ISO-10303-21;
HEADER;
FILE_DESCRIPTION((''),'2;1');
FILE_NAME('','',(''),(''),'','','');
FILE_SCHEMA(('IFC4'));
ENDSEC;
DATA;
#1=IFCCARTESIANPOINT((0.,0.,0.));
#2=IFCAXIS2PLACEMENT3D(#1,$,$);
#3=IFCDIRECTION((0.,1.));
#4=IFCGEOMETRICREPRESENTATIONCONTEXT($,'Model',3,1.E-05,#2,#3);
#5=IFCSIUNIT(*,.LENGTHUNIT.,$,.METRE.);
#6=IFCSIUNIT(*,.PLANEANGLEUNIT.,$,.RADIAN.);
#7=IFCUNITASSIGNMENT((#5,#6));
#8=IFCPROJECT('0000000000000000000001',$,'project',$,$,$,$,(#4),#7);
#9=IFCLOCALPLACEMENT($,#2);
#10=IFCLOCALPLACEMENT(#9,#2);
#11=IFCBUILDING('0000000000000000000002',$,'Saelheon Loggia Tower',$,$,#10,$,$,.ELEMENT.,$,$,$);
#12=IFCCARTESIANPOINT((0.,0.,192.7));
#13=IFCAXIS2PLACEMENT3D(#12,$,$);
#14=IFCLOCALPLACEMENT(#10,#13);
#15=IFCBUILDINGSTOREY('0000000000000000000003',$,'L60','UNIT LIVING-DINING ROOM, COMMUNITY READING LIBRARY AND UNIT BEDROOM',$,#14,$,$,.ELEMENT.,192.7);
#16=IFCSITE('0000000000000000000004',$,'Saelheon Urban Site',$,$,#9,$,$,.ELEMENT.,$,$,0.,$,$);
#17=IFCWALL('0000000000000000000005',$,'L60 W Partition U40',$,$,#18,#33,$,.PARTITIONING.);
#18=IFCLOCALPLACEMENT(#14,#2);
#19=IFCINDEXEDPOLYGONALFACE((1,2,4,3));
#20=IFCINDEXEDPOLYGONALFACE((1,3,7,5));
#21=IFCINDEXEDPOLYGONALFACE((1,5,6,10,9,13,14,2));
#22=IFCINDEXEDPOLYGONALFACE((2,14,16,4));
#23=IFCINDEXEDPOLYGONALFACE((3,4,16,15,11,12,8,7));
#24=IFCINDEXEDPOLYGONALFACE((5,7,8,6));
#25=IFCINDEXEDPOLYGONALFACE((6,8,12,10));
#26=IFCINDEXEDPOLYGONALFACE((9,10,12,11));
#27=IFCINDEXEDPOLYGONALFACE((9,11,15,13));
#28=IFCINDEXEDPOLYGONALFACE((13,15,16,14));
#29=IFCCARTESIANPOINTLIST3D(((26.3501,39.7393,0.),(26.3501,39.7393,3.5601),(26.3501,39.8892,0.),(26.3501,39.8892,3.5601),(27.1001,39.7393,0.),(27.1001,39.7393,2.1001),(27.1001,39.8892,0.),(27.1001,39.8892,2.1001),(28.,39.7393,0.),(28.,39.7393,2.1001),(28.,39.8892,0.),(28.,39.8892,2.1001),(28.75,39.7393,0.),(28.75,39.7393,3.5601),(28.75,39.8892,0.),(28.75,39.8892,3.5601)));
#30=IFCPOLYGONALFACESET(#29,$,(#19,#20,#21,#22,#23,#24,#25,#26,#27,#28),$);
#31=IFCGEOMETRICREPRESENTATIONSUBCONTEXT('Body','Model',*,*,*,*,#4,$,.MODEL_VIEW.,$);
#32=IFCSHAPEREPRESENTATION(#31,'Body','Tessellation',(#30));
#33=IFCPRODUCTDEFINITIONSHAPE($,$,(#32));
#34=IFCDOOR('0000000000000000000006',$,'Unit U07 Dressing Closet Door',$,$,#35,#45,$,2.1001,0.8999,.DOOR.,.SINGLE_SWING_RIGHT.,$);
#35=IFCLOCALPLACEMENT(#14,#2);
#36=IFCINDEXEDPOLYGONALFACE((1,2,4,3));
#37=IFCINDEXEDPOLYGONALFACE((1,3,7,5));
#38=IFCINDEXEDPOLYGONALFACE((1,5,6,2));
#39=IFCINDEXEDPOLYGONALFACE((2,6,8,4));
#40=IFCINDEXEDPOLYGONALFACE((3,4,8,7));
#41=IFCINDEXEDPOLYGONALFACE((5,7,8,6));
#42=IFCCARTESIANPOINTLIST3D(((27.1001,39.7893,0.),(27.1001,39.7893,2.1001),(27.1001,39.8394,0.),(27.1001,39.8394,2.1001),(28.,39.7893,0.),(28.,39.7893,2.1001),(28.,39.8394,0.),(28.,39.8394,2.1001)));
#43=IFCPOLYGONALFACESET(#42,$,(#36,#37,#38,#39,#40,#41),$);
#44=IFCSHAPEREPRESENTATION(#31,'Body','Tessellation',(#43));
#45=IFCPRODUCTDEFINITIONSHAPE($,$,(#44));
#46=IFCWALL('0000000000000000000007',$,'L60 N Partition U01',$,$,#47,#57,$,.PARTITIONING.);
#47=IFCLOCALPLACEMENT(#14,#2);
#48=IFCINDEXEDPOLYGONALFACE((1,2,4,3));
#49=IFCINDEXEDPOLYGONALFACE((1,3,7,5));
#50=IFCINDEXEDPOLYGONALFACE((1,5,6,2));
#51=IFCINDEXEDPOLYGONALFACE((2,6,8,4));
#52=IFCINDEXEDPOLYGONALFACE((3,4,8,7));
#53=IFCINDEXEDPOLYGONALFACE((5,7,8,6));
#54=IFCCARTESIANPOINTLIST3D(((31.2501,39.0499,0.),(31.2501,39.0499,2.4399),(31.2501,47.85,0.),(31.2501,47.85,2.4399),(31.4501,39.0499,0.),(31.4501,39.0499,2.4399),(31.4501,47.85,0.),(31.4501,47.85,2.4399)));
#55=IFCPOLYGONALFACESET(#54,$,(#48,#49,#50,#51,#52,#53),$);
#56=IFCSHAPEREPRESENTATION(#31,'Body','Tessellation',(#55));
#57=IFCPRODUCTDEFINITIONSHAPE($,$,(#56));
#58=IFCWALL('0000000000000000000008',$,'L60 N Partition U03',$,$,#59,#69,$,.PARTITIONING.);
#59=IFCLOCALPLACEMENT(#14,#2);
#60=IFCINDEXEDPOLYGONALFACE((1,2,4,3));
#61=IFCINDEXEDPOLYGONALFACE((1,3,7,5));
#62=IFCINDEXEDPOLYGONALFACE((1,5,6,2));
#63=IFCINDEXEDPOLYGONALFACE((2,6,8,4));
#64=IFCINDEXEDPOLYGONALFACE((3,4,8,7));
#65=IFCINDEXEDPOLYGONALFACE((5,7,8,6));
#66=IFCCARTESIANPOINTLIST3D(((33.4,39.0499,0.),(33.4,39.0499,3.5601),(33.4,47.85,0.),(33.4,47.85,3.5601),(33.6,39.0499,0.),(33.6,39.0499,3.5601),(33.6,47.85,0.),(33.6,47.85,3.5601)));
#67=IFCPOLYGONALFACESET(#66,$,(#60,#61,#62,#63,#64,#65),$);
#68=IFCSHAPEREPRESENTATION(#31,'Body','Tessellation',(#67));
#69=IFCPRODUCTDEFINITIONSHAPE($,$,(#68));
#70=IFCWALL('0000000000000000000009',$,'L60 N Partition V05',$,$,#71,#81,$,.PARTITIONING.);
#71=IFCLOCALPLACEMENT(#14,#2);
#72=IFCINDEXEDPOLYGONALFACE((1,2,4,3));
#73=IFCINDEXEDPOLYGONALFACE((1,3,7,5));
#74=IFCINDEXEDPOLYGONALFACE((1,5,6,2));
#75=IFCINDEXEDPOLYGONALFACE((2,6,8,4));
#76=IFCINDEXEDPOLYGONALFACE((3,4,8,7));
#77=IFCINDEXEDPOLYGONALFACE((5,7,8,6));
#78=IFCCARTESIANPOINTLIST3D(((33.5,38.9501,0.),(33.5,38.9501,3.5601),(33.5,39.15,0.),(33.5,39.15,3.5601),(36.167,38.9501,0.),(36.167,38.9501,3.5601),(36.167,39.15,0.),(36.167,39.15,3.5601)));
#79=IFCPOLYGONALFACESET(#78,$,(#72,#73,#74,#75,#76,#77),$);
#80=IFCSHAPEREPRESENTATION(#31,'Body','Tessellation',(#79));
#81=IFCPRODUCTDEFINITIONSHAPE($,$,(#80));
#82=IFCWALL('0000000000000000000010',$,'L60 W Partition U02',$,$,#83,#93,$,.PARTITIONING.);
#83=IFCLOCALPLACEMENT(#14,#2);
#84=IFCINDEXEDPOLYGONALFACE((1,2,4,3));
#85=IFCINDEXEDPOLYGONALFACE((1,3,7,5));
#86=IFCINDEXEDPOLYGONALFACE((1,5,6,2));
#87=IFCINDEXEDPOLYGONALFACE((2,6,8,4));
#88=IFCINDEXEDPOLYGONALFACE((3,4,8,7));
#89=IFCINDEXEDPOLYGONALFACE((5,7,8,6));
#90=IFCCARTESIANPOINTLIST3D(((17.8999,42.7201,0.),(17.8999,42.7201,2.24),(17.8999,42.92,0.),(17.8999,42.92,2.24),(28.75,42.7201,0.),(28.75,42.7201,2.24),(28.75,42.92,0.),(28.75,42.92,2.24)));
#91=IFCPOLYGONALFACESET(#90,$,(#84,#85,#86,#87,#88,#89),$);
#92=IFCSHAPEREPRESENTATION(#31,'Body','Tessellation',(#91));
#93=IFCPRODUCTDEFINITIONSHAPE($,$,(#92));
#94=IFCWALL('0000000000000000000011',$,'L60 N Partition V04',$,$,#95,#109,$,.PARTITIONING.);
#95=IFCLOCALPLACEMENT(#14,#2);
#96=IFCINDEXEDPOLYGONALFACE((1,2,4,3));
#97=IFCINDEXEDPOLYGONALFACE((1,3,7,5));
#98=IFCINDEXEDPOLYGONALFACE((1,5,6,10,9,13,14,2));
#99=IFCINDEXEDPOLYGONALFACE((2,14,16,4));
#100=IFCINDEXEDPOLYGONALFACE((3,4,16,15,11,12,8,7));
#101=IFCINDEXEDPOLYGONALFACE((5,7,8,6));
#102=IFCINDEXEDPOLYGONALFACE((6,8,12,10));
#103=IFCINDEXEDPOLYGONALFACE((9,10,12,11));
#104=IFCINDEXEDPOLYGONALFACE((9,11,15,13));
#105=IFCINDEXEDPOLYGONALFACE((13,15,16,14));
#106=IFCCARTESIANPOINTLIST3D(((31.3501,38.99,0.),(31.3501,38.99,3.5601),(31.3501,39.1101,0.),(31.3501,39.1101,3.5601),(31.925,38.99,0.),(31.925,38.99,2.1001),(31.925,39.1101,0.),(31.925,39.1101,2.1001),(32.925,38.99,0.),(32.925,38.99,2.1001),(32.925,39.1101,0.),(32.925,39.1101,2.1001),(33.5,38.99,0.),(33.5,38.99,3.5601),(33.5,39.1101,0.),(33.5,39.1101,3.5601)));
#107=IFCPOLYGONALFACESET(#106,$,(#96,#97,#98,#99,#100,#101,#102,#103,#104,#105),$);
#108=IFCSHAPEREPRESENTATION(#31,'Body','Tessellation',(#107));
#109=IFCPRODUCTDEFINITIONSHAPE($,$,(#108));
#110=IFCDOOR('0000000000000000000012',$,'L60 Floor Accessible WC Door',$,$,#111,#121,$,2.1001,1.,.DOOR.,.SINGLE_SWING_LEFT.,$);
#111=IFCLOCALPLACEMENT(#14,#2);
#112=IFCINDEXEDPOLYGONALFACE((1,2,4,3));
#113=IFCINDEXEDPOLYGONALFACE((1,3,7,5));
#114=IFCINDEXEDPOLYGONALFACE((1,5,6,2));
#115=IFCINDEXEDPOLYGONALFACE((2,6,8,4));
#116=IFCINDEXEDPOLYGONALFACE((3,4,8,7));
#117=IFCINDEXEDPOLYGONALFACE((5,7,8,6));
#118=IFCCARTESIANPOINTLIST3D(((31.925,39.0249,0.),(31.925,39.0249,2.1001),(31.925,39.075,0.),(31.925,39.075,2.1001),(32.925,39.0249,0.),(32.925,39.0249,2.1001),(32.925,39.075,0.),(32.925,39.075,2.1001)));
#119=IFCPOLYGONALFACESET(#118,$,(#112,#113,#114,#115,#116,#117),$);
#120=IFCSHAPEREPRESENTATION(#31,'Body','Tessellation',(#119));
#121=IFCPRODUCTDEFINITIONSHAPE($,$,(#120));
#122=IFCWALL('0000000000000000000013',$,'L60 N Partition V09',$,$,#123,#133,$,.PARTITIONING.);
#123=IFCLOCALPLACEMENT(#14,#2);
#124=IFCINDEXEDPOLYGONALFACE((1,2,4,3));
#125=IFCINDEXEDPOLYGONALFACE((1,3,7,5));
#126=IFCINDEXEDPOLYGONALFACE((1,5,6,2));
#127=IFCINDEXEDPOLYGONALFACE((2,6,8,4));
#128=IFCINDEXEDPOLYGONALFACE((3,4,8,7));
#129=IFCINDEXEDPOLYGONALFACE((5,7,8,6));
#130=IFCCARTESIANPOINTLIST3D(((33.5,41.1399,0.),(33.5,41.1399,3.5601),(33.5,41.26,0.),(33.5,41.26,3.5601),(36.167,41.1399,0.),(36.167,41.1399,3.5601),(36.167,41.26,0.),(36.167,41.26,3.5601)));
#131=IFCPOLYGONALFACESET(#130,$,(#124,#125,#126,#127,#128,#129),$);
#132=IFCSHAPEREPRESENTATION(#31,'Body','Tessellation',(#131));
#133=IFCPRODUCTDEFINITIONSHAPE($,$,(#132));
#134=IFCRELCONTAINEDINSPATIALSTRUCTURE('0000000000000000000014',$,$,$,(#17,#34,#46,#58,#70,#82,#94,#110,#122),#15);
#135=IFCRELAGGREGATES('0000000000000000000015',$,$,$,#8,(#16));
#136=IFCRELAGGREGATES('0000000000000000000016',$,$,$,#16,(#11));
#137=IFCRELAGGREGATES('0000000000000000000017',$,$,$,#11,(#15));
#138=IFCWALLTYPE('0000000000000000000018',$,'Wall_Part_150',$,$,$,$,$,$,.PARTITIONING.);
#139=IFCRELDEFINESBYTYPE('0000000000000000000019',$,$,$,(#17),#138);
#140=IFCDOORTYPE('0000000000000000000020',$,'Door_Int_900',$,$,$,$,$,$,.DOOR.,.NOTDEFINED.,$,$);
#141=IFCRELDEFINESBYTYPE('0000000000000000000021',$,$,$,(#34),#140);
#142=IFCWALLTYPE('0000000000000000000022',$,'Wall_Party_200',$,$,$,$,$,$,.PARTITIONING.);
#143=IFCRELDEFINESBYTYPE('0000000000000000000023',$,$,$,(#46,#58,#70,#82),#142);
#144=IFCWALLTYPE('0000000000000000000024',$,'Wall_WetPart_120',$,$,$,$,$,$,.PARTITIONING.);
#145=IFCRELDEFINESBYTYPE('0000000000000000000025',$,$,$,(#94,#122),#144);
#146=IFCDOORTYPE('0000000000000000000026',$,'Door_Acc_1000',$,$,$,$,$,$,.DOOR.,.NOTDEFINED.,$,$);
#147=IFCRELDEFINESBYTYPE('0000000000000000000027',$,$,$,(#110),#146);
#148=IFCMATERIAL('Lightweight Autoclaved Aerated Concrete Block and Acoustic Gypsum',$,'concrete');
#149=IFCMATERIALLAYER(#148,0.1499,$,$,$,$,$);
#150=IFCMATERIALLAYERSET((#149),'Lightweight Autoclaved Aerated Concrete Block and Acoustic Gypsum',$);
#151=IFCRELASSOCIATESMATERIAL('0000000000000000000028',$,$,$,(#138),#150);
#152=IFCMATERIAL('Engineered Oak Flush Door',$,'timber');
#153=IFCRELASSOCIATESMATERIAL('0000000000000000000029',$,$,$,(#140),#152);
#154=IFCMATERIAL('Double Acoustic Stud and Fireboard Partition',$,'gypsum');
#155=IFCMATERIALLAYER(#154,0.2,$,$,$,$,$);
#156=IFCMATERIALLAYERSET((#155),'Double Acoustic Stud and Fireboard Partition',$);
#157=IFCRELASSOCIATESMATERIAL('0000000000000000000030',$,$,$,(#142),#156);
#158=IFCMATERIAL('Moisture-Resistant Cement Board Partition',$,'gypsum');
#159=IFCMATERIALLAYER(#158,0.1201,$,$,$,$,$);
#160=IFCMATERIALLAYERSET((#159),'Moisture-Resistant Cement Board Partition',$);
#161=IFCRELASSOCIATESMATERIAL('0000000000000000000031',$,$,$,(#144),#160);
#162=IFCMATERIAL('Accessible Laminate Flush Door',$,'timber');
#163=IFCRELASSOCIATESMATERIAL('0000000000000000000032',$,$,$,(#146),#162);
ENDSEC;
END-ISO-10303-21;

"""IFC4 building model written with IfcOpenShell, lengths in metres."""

from ifc_helpers import new_model, si_unit, direction, frame, frame_2d, origin, place, context, subcontext, project, spatial, rectangle, extrude, source, transform, mapped, material, layer, layer_set, type_object, element, fill, save


model = new_model("IFC4")

# Units and contexts
model_context = context("Model", 3, precision=1e-05, world=origin(), true_north=direction((0.0, 1.0)))
body_context = subcontext(model_context, "Body", "Model", "MODEL_VIEW")
ifc_project = project(units=[si_unit("LENGTHUNIT", "METRE"), si_unit("PLANEANGLEUNIT", "RADIAN")], contexts=[model_context])

# Site, building, storey
site_placement = place(None, origin())
site = spatial("IfcSite", under=ifc_project, at=site_placement, Name="Saelheon Urban Site", CompositionType="ELEMENT", RefElevation=0.0)
building_placement = place(site_placement, origin())
building = spatial("IfcBuilding", under=site, at=building_placement, Name="Saelheon Loggia Tower", CompositionType="ELEMENT")
storey_placement = place(building_placement, frame((0.0, 0.0, 192.7)))
storey = spatial("IfcBuildingStorey", under=building, at=storey_placement, Name="L60", Description="UNIT LIVING-DINING ROOM, COMMUNITY READING LIBRARY AND UNIT BEDROOM", CompositionType="ELEMENT", Elevation=192.7)

# Wall, opening, door
ifc_material_1 = material(Name="Lightweight Autoclaved Aerated Concrete Block and Acoustic Gypsum", Category="concrete")
ifc_layer_1 = layer(ifc_material_1, 0.1499)
ifc_layer_set_1 = layer_set([ifc_layer_1], Name="Lightweight Autoclaved Aerated Concrete Block and Acoustic Gypsum")
wall_type_1 = type_object("IfcWallType", Name="Wall_Part_150", PredefinedType="PARTITIONING", material=ifc_layer_set_1)
ifc_material_2 = material(Name="Engineered Oak Flush Door", Category="timber")
door_type_1 = type_object("IfcDoorType", Name="Door_Int_900", OperationType="NOTDEFINED", PredefinedType="DOOR", material=ifc_material_2)
shared_shape_1 = source(origin(), body_context, "Body", "SweptSolid", [
    extrude(rectangle(XDim=0.8999, YDim=2.1001, at=frame_2d((0.45, 1.05))), frame((0.0, 0.0249, 0.0), z_axis=(0.0, -1.0, 0.0), x_axis=(1.0, 0.0, 0.0)), (0.0, 0.0, 1.0), 0.05),
])
wall_1_placement = place(storey_placement, frame((28.75, 39.8142, 0.0), z_axis=(0.0, 0.0, 1.0), x_axis=(-1.0, 0.0, 0.0)))
wall_1 = element("IfcWall", 1, at=wall_1_placement, inside=storey, type_object=wall_type_1, Name="L60 W Partition U40", PredefinedType="PARTITIONING", context=body_context, shape_type="SweptSolid", body=[
    extrude(rectangle(XDim=2.3999, YDim=0.1499, at=frame_2d((1.2, 0.0))), origin(), (0.0, 0.0, 1.0), 3.5601),
])
opening_1_placement = place(wall_1_placement, frame((0.75, 0.0, 0.0)))
opening_1 = element("IfcOpeningElement", 2, at=opening_1_placement, cuts=wall_1, PredefinedType="OPENING", context=body_context, shape_type="SweptSolid", body=[
    extrude(rectangle(XDim=0.8999, YDim=2.1001, at=frame_2d((0.45, 1.05))), frame((0.0, 0.0869, 0.0), z_axis=(0.0, -1.0, 0.0), x_axis=(1.0, 0.0, 0.0)), (0.0, 0.0, 1.0), 0.1738),
])
door_1_placement = place(opening_1_placement, origin())
door_1 = element("IfcDoor", 3, at=door_1_placement, inside=storey, type_object=door_type_1, Name="Unit U07 Dressing Closet Door", OperationType="SINGLE_SWING_RIGHT", OverallHeight=2.1001, OverallWidth=0.8999, PredefinedType="DOOR", context=body_context, shape_type="MappedRepresentation", body=[
    mapped(shared_shape_1, transform((0.0, 0.0, 0.0), scale=1.0)),
])
fill(opening_1, door_1)

# Walls
ifc_material_3 = material(Name="Double Acoustic Stud and Fireboard Partition", Category="gypsum")
ifc_layer_2 = layer(ifc_material_3, 0.2)
ifc_layer_set_2 = layer_set([ifc_layer_2], Name="Double Acoustic Stud and Fireboard Partition")
wall_type_2 = type_object("IfcWallType", Name="Wall_Party_200", PredefinedType="PARTITIONING", material=ifc_layer_set_2)
wall_2_placement = place(storey_placement, frame((31.3501, 39.05, 0.0), z_axis=(0.0, 0.0, 1.0), x_axis=(0.0, 1.0, 0.0)))
element("IfcWall", 4, at=wall_2_placement, inside=storey, type_object=wall_type_2, Name="L60 N Partition U01", PredefinedType="PARTITIONING", context=body_context, shape_type="SweptSolid", body=[
    extrude(rectangle(XDim=8.8, YDim=0.2, at=frame_2d((4.3999, 0.0))), origin(), (0.0, 0.0, 1.0), 2.4399),
])
wall_3_placement = place(storey_placement, frame((33.5, 39.05, 0.0), z_axis=(0.0, 0.0, 1.0), x_axis=(0.0, 1.0, 0.0)))
element("IfcWall", 5, at=wall_3_placement, inside=storey, type_object=wall_type_2, Name="L60 N Partition U03", PredefinedType="PARTITIONING", context=body_context, shape_type="SweptSolid", body=[
    extrude(rectangle(XDim=8.8, YDim=0.2, at=frame_2d((4.3999, 0.0))), origin(), (0.0, 0.0, 1.0), 3.5601),
])
wall_4_placement = place(storey_placement, frame((33.5, 39.05, 0.0), z_axis=(0.0, 0.0, 1.0), x_axis=(1.0, 0.0, 0.0)))
element("IfcWall", 6, at=wall_4_placement, inside=storey, type_object=wall_type_2, Name="L60 N Partition V05", PredefinedType="PARTITIONING", context=body_context, shape_type="SweptSolid", body=[
    extrude(rectangle(XDim=2.667, YDim=0.2, at=frame_2d((1.3335, 0.0))), origin(), (0.0, 0.0, 1.0), 3.5601),
])
wall_5_placement = place(storey_placement, frame((28.75, 42.8201, 0.0), z_axis=(0.0, 0.0, 1.0), x_axis=(-1.0, 0.0, 0.0)))
element("IfcWall", 7, at=wall_5_placement, inside=storey, type_object=wall_type_2, Name="L60 W Partition U02", PredefinedType="PARTITIONING", context=body_context, shape_type="SweptSolid", body=[
    extrude(rectangle(XDim=10.8501, YDim=0.2, at=frame_2d((5.425, 0.0))), origin(), (0.0, 0.0, 1.0), 2.24),
])

# Wall, opening, door
ifc_material_4 = material(Name="Moisture-Resistant Cement Board Partition", Category="gypsum")
ifc_layer_3 = layer(ifc_material_4, 0.1201)
ifc_layer_set_3 = layer_set([ifc_layer_3], Name="Moisture-Resistant Cement Board Partition")
wall_type_3 = type_object("IfcWallType", Name="Wall_WetPart_120", PredefinedType="PARTITIONING", material=ifc_layer_set_3)
wall_6_placement = place(storey_placement, frame((31.3501, 39.05, 0.0), z_axis=(0.0, 0.0, 1.0), x_axis=(1.0, 0.0, 0.0)))
wall_6 = element("IfcWall", 8, at=wall_6_placement, inside=storey, type_object=wall_type_3, Name="L60 N Partition V04", PredefinedType="PARTITIONING", context=body_context, shape_type="SweptSolid", body=[
    extrude(rectangle(XDim=2.1499, YDim=0.1201, at=frame_2d((1.075, 0.0))), origin(), (0.0, 0.0, 1.0), 3.5601),
])
opening_2_placement = place(wall_6_placement, frame((0.575, 0.0, 0.0)))
opening_2 = element("IfcOpeningElement", 9, at=opening_2_placement, cuts=wall_6, PredefinedType="OPENING", context=body_context, shape_type="SweptSolid", body=[
    extrude(rectangle(XDim=1.0, YDim=2.1001, at=frame_2d((0.5, 1.05))), frame((0.0, 0.072, 0.0), z_axis=(0.0, -1.0, 0.0), x_axis=(1.0, 0.0, 0.0)), (0.0, 0.0, 1.0), 0.144),
])
ifc_material_5 = material(Name="Accessible Laminate Flush Door", Category="timber")
door_type_2 = type_object("IfcDoorType", Name="Door_Acc_1000", OperationType="NOTDEFINED", PredefinedType="DOOR", material=ifc_material_5)
shared_shape_2 = source(origin(), body_context, "Body", "SweptSolid", [
    extrude(rectangle(XDim=1.0, YDim=2.1001, at=frame_2d((0.5, 1.05))), frame((0.0, 0.0249, 0.0), z_axis=(0.0, -1.0, 0.0), x_axis=(1.0, 0.0, 0.0)), (0.0, 0.0, 1.0), 0.05),
])
door_2_placement = place(opening_2_placement, origin())
door_2 = element("IfcDoor", 10, at=door_2_placement, inside=storey, type_object=door_type_2, Name="L60 Floor Accessible WC Door", OperationType="SINGLE_SWING_LEFT", OverallHeight=2.1001, OverallWidth=1.0, PredefinedType="DOOR", context=body_context, shape_type="MappedRepresentation", body=[
    mapped(shared_shape_2, transform((0.0, 0.0, 0.0), scale=1.0)),
])
fill(opening_2, door_2)

# Wall
wall_7_placement = place(storey_placement, frame((33.5, 41.2, 0.0), z_axis=(0.0, 0.0, 1.0), x_axis=(1.0, 0.0, 0.0)))
element("IfcWall", 11, at=wall_7_placement, inside=storey, type_object=wall_type_3, Name="L60 N Partition V09", PredefinedType="PARTITIONING", context=body_context, shape_type="SweptSolid", body=[
    extrude(rectangle(XDim=2.667, YDim=0.1201, at=frame_2d((1.3335, 0.0))), origin(), (0.0, 0.0, 1.0), 3.5601),
])

save(model, "model.ifc")
